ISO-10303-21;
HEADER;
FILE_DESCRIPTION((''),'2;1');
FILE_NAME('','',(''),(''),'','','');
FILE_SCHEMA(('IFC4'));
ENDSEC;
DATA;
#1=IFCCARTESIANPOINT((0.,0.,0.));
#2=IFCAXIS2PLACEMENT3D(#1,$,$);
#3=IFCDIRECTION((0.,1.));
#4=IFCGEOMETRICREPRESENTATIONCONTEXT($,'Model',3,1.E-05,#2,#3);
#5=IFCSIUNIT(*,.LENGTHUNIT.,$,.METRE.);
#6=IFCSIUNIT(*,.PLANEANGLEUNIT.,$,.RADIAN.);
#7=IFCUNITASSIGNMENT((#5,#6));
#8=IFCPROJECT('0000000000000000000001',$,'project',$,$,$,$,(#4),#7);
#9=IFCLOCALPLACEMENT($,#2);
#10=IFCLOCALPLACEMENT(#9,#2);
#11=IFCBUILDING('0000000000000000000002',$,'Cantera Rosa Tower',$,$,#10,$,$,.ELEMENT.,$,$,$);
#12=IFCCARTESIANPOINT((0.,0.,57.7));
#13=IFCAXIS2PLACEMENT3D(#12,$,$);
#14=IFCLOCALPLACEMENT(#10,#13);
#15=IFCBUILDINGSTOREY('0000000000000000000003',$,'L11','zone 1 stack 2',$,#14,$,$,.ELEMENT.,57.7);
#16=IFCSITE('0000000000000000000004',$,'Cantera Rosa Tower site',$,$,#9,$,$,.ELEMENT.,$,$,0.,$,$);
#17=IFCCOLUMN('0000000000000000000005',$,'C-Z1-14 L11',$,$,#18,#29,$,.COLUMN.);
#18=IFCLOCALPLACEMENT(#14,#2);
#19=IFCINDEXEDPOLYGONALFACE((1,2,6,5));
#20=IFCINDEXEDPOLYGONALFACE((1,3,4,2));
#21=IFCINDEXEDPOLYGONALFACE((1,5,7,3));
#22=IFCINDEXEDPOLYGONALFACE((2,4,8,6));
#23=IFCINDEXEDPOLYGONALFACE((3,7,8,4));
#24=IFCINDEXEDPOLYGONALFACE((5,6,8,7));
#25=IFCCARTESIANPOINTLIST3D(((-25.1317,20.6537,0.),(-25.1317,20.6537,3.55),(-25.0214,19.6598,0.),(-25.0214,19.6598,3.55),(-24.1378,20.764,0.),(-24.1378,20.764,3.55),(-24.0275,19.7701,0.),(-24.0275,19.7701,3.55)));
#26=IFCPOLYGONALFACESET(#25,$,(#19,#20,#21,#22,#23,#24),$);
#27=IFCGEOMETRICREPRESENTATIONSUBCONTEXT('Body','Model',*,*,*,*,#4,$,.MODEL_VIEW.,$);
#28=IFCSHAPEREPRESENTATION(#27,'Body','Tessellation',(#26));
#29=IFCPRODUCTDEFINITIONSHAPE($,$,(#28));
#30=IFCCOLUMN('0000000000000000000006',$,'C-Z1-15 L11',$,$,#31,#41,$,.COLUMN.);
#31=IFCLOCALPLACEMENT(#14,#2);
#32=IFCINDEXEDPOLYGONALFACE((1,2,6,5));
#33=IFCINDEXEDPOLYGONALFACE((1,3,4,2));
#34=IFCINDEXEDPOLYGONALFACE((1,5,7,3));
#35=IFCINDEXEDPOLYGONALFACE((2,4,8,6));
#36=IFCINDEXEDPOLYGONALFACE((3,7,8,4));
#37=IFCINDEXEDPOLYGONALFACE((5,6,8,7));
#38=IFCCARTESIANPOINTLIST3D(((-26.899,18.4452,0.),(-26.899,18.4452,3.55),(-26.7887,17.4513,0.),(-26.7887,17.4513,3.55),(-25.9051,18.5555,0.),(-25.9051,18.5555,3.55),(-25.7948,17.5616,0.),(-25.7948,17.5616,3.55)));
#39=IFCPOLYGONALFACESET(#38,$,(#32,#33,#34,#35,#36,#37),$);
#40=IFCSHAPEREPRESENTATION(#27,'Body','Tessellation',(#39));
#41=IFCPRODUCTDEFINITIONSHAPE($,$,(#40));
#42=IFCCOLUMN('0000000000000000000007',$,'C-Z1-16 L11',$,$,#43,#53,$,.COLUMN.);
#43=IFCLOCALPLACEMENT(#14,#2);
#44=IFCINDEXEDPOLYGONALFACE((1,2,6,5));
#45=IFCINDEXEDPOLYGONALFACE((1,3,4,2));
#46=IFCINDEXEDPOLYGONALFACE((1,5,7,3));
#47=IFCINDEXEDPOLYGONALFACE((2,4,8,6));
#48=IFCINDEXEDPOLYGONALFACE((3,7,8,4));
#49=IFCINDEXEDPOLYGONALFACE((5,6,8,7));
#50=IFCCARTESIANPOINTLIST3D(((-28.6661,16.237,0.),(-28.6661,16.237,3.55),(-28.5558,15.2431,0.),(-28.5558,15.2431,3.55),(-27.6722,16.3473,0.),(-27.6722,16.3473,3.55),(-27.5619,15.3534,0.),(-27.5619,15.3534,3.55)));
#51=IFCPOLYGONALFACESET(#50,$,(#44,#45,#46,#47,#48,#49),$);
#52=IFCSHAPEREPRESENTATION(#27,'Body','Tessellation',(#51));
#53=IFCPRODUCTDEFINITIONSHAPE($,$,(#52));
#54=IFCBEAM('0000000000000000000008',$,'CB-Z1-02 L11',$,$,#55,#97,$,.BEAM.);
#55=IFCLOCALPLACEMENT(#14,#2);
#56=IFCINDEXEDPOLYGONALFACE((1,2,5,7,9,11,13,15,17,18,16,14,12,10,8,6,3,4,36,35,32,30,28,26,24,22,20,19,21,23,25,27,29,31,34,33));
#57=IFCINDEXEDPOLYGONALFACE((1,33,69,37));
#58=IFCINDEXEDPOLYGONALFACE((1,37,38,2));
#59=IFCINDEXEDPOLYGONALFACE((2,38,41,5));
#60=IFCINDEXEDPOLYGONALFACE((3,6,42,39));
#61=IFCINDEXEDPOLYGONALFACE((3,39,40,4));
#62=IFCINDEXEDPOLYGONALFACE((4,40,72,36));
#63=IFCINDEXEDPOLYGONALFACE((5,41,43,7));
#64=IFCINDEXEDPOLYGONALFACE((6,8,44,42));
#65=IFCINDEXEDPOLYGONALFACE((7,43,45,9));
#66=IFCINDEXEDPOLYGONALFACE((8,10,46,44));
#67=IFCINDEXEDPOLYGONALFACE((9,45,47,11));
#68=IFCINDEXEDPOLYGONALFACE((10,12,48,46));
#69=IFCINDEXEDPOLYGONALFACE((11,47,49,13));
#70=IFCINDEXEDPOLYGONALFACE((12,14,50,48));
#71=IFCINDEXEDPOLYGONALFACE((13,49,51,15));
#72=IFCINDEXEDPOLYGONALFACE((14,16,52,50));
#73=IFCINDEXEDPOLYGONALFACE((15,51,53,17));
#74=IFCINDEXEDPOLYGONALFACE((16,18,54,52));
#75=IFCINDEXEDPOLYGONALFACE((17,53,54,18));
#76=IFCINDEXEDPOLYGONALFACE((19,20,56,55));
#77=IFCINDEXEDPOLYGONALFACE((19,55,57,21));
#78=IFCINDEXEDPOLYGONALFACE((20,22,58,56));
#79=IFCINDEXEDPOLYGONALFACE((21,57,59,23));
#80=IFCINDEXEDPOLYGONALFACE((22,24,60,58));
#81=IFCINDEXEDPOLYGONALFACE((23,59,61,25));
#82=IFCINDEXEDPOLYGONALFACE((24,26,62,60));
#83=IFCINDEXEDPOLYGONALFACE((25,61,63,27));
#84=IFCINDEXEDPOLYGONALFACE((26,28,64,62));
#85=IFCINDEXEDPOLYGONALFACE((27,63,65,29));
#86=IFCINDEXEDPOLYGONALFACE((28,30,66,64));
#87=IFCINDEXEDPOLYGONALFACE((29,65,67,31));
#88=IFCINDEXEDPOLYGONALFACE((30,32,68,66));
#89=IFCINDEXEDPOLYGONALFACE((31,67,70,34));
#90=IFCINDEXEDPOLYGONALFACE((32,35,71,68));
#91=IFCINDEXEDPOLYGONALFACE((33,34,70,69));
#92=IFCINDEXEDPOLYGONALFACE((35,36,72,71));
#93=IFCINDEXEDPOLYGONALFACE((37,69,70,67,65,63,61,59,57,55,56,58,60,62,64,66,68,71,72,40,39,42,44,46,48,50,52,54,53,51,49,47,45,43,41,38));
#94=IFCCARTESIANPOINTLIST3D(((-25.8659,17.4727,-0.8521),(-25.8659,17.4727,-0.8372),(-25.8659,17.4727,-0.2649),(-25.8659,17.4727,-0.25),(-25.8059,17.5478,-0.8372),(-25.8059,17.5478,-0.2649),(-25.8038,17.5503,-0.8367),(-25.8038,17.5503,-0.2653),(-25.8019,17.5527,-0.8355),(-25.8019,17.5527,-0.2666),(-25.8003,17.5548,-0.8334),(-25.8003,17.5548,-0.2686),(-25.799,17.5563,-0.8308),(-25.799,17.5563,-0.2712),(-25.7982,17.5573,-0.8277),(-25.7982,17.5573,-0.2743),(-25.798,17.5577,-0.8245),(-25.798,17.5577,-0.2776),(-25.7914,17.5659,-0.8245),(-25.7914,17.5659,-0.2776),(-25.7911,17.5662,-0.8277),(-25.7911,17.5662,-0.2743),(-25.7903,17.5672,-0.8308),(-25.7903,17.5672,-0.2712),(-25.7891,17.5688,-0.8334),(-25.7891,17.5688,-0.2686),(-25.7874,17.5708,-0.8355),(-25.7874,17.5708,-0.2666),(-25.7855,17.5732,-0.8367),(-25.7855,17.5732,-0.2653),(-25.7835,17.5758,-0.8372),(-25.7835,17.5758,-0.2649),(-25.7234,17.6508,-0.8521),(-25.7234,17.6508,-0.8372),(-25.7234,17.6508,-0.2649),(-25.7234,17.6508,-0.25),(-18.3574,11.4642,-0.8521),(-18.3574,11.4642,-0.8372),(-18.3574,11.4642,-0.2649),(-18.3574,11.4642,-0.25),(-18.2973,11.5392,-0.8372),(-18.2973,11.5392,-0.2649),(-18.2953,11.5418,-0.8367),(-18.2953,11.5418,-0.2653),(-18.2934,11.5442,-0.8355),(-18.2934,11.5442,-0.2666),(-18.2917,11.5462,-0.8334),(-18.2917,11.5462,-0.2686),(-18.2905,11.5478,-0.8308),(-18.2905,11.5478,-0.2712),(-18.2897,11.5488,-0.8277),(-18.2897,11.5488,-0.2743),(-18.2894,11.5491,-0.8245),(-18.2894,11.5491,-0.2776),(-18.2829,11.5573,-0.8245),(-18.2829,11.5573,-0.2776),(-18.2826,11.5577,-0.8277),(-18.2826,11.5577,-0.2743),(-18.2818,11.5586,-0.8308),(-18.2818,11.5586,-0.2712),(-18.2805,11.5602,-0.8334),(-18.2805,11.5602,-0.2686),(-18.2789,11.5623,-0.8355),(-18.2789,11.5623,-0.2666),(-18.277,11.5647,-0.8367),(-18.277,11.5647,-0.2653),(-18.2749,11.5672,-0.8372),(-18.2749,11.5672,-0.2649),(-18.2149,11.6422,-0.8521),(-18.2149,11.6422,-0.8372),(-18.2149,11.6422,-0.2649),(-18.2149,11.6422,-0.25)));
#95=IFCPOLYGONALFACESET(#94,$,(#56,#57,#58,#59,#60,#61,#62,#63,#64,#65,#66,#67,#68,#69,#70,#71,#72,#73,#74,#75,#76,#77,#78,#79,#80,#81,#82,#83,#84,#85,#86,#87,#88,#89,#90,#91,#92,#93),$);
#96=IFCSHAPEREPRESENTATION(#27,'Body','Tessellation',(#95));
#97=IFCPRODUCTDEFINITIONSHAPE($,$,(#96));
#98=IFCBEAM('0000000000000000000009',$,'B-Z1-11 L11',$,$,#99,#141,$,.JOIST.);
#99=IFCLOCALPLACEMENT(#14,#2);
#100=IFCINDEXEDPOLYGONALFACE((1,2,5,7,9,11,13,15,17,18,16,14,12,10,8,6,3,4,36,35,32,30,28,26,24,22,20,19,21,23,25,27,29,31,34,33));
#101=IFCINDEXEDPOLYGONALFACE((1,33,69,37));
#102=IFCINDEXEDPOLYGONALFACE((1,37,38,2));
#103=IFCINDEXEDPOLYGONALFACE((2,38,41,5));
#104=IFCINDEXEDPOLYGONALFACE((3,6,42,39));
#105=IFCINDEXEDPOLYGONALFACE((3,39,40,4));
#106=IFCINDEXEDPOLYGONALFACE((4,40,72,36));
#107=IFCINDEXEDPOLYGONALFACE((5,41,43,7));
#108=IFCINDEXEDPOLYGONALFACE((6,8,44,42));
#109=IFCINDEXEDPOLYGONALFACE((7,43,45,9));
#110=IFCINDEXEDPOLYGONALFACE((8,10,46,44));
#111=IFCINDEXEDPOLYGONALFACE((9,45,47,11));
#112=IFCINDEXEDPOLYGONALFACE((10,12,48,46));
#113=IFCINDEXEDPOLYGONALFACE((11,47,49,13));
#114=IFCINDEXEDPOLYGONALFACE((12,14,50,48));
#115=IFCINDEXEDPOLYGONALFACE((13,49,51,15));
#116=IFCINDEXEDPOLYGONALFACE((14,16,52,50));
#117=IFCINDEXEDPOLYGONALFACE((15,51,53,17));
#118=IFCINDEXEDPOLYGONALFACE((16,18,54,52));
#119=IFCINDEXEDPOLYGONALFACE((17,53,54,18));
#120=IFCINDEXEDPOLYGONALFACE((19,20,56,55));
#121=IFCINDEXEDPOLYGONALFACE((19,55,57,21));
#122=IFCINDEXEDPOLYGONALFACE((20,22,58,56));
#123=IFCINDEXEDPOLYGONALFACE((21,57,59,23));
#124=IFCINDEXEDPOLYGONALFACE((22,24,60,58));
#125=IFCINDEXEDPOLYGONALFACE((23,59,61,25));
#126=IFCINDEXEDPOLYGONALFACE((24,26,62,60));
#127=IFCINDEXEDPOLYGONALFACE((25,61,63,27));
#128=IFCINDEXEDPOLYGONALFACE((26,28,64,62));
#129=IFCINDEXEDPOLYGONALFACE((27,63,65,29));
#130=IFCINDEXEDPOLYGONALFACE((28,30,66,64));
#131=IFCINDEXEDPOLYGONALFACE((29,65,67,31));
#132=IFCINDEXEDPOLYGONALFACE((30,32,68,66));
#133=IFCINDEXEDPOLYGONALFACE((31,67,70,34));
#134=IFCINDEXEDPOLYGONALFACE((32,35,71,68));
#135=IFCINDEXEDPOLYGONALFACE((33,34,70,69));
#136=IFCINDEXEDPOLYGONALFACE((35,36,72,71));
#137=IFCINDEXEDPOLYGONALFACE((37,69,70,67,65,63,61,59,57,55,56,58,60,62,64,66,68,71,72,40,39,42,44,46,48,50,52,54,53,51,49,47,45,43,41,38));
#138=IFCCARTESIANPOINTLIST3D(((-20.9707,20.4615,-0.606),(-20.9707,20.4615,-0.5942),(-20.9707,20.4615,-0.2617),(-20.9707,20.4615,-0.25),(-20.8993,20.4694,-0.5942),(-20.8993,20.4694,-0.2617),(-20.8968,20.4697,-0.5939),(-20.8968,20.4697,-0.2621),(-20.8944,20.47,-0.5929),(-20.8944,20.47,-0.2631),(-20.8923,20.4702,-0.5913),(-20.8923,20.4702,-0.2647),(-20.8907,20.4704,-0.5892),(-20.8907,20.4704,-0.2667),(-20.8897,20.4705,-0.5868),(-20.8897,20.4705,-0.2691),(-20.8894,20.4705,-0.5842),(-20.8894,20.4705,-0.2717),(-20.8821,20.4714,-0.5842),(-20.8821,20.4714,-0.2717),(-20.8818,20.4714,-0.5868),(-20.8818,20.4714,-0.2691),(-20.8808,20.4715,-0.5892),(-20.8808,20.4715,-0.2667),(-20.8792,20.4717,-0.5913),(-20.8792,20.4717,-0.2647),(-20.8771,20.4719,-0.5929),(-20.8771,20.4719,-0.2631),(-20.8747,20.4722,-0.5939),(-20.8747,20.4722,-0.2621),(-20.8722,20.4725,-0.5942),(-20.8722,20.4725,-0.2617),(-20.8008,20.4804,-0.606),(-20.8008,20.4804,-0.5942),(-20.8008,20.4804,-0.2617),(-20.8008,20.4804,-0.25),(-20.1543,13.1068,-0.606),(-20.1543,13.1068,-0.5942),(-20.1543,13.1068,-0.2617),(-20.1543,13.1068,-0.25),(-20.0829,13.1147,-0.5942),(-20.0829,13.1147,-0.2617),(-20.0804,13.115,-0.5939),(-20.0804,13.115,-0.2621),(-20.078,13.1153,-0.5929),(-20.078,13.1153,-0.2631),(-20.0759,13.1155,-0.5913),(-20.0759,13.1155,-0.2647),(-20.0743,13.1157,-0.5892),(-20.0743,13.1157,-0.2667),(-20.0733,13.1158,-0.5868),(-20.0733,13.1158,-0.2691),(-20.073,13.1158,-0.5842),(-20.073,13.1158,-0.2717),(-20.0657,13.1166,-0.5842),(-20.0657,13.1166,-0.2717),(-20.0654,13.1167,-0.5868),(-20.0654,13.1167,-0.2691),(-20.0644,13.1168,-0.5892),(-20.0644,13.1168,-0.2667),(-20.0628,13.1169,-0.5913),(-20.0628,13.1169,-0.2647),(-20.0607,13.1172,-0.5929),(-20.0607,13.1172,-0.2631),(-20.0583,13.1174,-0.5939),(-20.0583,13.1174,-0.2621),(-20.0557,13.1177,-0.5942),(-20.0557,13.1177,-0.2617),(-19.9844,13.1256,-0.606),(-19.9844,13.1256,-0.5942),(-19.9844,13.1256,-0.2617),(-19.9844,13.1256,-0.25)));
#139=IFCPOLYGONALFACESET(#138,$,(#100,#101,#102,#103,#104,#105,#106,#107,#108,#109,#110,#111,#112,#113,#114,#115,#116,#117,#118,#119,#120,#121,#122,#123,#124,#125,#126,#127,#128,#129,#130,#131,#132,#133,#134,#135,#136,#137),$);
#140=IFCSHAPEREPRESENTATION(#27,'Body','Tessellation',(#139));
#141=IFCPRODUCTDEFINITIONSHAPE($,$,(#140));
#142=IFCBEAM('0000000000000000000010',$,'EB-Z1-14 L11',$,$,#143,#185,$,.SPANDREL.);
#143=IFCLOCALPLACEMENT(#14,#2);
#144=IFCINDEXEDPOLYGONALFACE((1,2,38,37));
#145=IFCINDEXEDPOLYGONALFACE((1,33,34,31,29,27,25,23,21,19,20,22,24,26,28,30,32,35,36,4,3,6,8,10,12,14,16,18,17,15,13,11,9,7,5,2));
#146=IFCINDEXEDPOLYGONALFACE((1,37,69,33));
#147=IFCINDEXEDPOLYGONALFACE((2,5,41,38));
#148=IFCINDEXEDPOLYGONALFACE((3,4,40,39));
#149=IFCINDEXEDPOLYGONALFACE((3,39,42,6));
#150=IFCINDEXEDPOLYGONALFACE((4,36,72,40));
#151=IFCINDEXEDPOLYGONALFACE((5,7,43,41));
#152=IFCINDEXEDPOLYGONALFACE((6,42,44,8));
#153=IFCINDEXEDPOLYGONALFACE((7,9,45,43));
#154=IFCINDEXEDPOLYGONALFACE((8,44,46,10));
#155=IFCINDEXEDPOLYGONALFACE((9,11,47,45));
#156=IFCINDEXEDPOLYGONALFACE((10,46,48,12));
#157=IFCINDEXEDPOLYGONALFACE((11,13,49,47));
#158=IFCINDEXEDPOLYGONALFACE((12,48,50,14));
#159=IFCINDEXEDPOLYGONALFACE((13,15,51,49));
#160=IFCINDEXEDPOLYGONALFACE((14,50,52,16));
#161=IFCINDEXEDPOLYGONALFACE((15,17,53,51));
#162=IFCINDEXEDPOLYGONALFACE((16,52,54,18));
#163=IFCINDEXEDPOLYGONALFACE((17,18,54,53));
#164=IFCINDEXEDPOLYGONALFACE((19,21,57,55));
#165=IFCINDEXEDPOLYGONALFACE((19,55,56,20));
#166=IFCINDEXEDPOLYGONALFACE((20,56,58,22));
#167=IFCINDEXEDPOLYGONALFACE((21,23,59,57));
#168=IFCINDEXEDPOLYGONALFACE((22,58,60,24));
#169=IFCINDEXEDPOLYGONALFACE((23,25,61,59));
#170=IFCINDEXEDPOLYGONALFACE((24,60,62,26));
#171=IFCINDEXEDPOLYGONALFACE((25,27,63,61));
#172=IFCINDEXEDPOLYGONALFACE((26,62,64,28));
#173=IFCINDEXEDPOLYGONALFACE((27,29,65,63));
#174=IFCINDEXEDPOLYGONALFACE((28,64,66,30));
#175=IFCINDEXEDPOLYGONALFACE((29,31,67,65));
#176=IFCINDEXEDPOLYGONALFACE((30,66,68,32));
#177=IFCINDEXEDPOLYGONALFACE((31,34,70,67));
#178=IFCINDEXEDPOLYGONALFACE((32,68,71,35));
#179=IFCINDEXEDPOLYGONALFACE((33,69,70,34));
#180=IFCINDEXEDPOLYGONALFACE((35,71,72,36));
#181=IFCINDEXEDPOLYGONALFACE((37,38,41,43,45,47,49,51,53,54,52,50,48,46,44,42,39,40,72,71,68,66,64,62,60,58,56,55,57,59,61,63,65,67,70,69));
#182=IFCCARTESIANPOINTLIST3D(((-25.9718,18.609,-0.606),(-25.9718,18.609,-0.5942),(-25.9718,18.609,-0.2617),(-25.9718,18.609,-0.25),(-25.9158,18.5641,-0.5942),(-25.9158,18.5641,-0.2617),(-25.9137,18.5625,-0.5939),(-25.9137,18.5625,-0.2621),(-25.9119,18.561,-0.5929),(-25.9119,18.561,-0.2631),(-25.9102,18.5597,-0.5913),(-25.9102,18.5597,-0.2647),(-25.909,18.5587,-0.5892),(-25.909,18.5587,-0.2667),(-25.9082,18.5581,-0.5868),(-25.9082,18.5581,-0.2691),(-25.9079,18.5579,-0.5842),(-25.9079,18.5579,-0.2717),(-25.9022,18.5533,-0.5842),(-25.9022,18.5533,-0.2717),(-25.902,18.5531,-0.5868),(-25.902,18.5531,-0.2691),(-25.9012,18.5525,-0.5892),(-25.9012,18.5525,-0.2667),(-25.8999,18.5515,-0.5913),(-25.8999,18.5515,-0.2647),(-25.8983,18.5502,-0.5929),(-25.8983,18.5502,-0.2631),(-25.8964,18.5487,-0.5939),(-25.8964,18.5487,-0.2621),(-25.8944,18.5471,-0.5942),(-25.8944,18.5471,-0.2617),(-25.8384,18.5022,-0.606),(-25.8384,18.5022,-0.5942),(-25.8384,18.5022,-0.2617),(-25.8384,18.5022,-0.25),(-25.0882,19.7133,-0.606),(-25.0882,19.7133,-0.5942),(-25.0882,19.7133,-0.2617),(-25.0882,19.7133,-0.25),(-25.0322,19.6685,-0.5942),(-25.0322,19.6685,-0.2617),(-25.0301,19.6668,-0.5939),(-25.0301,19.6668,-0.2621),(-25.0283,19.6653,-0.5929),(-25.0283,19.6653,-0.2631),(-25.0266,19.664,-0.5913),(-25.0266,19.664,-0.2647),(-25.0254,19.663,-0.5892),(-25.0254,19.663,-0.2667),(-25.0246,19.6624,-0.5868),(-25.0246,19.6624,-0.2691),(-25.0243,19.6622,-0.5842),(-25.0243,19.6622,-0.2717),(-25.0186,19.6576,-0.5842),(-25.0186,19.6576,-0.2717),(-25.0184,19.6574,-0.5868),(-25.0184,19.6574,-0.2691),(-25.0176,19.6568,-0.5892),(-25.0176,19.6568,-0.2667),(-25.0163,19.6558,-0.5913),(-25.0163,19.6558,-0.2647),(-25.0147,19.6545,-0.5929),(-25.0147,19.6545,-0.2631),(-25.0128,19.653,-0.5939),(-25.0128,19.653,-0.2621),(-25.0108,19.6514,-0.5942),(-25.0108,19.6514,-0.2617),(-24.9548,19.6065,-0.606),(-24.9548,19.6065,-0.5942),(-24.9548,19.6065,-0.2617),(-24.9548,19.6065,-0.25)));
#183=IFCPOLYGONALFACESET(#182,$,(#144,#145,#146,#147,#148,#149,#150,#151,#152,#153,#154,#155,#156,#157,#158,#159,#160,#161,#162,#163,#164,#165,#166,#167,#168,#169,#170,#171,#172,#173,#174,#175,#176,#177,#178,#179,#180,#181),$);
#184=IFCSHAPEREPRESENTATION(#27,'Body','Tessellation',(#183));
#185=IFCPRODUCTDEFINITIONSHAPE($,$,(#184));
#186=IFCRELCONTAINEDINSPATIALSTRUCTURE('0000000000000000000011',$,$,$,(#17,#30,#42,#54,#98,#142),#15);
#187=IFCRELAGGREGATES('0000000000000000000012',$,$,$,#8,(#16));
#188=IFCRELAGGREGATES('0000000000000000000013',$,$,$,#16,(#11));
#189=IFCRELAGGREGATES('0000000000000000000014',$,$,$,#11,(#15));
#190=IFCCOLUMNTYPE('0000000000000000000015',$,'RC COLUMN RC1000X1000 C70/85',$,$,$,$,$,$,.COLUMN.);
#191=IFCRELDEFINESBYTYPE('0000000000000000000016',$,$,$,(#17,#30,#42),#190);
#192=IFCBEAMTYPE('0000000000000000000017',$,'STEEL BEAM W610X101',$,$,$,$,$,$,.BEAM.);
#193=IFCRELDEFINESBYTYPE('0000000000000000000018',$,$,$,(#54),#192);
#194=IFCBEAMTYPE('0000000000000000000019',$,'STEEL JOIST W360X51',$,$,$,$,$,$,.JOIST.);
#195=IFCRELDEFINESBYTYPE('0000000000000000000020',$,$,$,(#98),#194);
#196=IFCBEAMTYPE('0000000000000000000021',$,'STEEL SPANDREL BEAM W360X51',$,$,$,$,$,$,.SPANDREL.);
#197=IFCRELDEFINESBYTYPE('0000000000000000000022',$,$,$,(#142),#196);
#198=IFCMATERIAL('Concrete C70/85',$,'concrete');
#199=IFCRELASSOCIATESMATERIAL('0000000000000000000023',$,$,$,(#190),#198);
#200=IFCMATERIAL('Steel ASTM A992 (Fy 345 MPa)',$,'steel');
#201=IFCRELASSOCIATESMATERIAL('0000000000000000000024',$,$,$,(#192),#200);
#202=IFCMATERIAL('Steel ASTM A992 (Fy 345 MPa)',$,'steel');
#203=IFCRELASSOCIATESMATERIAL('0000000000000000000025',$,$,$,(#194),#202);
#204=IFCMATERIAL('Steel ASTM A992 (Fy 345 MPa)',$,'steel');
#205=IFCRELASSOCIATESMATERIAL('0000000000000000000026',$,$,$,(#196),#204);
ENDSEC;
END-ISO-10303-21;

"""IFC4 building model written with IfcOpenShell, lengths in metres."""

from ifc_helpers import new_model, si_unit, direction, frame, origin, origin_2d, place, context, subcontext, project, spatial, rectangle, i_section, extrude, material, material_profile, profile_set, type_object, element, save


model = new_model("IFC4")

# Units and contexts
model_context = context("Model", 3, precision=1e-05, world=origin(), true_north=direction((0.0, 1.0)))
body_context = subcontext(model_context, "Body", "Model", "MODEL_VIEW")
ifc_project = project(units=[si_unit("LENGTHUNIT", "METRE"), si_unit("PLANEANGLEUNIT", "RADIAN")], contexts=[model_context])

# Site, building, storey
site_placement = place(None, origin())
site = spatial("IfcSite", under=ifc_project, at=site_placement, Name="Cantera Rosa Tower site", CompositionType="ELEMENT", RefElevation=0.0)
building_placement = place(site_placement, origin())
building = spatial("IfcBuilding", under=site, at=building_placement, Name="Cantera Rosa Tower", CompositionType="ELEMENT")
storey_placement = place(building_placement, frame((0.0, 0.0, 57.7)))
storey = spatial("IfcBuildingStorey", under=building, at=storey_placement, Name="L11", Description="zone 1 stack 2", CompositionType="ELEMENT", Elevation=57.7)

# Columns
ifc_material_1 = material(Name="Concrete C70/85", Category="concrete")
ifc_material_profile_1 = material_profile(ifc_material_1, rectangle(XDim=1.0, YDim=1.0, at=origin_2d()), Name="RC COLUMN RC1000X1000 C70/85")
ifc_profile_set_1 = profile_set([ifc_material_profile_1], Name="Concrete C70/85")
column_type = type_object("IfcColumnType", Name="RC COLUMN RC1000X1000 C70/85", PredefinedType="COLUMN", material=ifc_profile_set_1)
for number, where, z_axis, x_axis, name in (
    (1, (-24.5796, 20.2119, 0.0), (0.0, 0.0, 1.0), (0.993897, 0.110313, 0.0), "C-Z1-14 L11"),
    (2, (-26.3469, 18.0034, 0.0), (0.0, 0.0, 1.0), (0.993897, 0.110313, 0.0), "C-Z1-15 L11"),
    (3, (-28.114, 15.7952, 0.0), (0.0, 0.0, 1.0), (0.993897, 0.110313, 0.0), "C-Z1-16 L11"),
):
    element("IfcColumn", number, at=place(storey_placement, frame(where, z_axis=z_axis, x_axis=x_axis)), inside=storey, type_object=column_type, Name=name, PredefinedType="COLUMN", context=body_context, shape_type="SweptSolid", body=[
        extrude(rectangle(XDim=1.0, YDim=1.0, at=origin_2d()), origin(), (0.0, 0.0, 1.0), 3.55),
    ])

# Beams
ifc_material_2 = material(Name="Steel ASTM A992 (Fy 345 MPa)", Category="steel")
ifc_material_profile_2 = material_profile(ifc_material_2, i_section(OverallWidth=0.228, OverallDepth=0.6021, WebThickness=0.0105, FlangeThickness=0.0149, FilletRadius=0.0127, at=origin_2d()), Name="W610X101")
ifc_profile_set_2 = profile_set([ifc_material_profile_2], Name="Steel ASTM A992 (Fy 345 MPa)")
beam_type_1 = type_object("IfcBeamType", Name="STEEL BEAM W610X101", PredefinedType="BEAM", material=ifc_profile_set_2)
beam_1_placement = place(storey_placement, frame((-25.7947, 17.5618, -0.551), z_axis=(0.780782, -0.624803, 0.0), x_axis=(0.624803, 0.780782, 0.0)))
element("IfcBeam", 4, at=beam_1_placement, inside=storey, type_object=beam_type_1, Name="CB-Z1-02 L11", PredefinedType="BEAM", context=body_context, shape_type="SweptSolid", body=[
    extrude(i_section(OverallWidth=0.228, OverallDepth=0.6021, WebThickness=0.0105, FlangeThickness=0.0149, FilletRadius=0.0127, at=origin_2d()), origin(), (0.0, 0.0, 1.0), 9.6167),
])
ifc_material_3 = material(Name="Steel ASTM A992 (Fy 345 MPa)", Category="steel")
ifc_material_profile_3 = material_profile(ifc_material_3, i_section(OverallWidth=0.1709, OverallDepth=0.356, WebThickness=0.0073, FlangeThickness=0.0117, FilletRadius=0.01, at=origin_2d()), Name="W360X51")
ifc_profile_set_3 = profile_set([ifc_material_profile_3], Name="Steel ASTM A992 (Fy 345 MPa)")
beam_type_2 = type_object("IfcBeamType", Name="STEEL JOIST W360X51", PredefinedType="JOIST", material=ifc_profile_set_3)
beam_2_placement = place(storey_placement, frame((-20.8857, 20.4709, -0.428), z_axis=(0.110327, -0.993895, 0.0), x_axis=(0.993895, 0.110327, 0.0)))
element("IfcBeam", 5, at=beam_2_placement, inside=storey, type_object=beam_type_2, Name="B-Z1-11 L11", PredefinedType="JOIST", context=body_context, shape_type="SweptSolid", body=[
    extrude(i_section(OverallWidth=0.1709, OverallDepth=0.356, WebThickness=0.0073, FlangeThickness=0.0117, FilletRadius=0.01, at=origin_2d()), origin(), (0.0, 0.0, 1.0), 7.3999),
])
ifc_material_4 = material(Name="Steel ASTM A992 (Fy 345 MPa)", Category="steel")
ifc_material_profile_4 = material_profile(ifc_material_4, i_section(OverallWidth=0.1709, OverallDepth=0.356, WebThickness=0.0073, FlangeThickness=0.0117, FilletRadius=0.01, at=origin_2d()), Name="W360X51")
ifc_profile_set_4 = profile_set([ifc_material_profile_4], Name="Steel ASTM A992 (Fy 345 MPa)")
beam_type_3 = type_object("IfcBeamType", Name="STEEL SPANDREL BEAM W360X51", PredefinedType="SPANDREL", material=ifc_profile_set_4)
for number, where, z_axis, x_axis, name in (
    (6, (-25.0215, 19.6599, -0.428), (-0.624758, -0.780818, 0.0), (0.780818, -0.624758, 0.0), "EB-Z1-14 L11"),
):
    element("IfcBeam", number, at=place(storey_placement, frame(where, z_axis=z_axis, x_axis=x_axis)), inside=storey, type_object=beam_type_3, Name=name, PredefinedType="SPANDREL", context=body_context, shape_type="SweptSolid", body=[
        extrude(i_section(OverallWidth=0.1709, OverallDepth=0.356, WebThickness=0.0073, FlangeThickness=0.0117, FilletRadius=0.01, at=origin_2d()), origin(), (0.0, 0.0, 1.0), 1.4143),
    ])

save(model, "model.ifc")
